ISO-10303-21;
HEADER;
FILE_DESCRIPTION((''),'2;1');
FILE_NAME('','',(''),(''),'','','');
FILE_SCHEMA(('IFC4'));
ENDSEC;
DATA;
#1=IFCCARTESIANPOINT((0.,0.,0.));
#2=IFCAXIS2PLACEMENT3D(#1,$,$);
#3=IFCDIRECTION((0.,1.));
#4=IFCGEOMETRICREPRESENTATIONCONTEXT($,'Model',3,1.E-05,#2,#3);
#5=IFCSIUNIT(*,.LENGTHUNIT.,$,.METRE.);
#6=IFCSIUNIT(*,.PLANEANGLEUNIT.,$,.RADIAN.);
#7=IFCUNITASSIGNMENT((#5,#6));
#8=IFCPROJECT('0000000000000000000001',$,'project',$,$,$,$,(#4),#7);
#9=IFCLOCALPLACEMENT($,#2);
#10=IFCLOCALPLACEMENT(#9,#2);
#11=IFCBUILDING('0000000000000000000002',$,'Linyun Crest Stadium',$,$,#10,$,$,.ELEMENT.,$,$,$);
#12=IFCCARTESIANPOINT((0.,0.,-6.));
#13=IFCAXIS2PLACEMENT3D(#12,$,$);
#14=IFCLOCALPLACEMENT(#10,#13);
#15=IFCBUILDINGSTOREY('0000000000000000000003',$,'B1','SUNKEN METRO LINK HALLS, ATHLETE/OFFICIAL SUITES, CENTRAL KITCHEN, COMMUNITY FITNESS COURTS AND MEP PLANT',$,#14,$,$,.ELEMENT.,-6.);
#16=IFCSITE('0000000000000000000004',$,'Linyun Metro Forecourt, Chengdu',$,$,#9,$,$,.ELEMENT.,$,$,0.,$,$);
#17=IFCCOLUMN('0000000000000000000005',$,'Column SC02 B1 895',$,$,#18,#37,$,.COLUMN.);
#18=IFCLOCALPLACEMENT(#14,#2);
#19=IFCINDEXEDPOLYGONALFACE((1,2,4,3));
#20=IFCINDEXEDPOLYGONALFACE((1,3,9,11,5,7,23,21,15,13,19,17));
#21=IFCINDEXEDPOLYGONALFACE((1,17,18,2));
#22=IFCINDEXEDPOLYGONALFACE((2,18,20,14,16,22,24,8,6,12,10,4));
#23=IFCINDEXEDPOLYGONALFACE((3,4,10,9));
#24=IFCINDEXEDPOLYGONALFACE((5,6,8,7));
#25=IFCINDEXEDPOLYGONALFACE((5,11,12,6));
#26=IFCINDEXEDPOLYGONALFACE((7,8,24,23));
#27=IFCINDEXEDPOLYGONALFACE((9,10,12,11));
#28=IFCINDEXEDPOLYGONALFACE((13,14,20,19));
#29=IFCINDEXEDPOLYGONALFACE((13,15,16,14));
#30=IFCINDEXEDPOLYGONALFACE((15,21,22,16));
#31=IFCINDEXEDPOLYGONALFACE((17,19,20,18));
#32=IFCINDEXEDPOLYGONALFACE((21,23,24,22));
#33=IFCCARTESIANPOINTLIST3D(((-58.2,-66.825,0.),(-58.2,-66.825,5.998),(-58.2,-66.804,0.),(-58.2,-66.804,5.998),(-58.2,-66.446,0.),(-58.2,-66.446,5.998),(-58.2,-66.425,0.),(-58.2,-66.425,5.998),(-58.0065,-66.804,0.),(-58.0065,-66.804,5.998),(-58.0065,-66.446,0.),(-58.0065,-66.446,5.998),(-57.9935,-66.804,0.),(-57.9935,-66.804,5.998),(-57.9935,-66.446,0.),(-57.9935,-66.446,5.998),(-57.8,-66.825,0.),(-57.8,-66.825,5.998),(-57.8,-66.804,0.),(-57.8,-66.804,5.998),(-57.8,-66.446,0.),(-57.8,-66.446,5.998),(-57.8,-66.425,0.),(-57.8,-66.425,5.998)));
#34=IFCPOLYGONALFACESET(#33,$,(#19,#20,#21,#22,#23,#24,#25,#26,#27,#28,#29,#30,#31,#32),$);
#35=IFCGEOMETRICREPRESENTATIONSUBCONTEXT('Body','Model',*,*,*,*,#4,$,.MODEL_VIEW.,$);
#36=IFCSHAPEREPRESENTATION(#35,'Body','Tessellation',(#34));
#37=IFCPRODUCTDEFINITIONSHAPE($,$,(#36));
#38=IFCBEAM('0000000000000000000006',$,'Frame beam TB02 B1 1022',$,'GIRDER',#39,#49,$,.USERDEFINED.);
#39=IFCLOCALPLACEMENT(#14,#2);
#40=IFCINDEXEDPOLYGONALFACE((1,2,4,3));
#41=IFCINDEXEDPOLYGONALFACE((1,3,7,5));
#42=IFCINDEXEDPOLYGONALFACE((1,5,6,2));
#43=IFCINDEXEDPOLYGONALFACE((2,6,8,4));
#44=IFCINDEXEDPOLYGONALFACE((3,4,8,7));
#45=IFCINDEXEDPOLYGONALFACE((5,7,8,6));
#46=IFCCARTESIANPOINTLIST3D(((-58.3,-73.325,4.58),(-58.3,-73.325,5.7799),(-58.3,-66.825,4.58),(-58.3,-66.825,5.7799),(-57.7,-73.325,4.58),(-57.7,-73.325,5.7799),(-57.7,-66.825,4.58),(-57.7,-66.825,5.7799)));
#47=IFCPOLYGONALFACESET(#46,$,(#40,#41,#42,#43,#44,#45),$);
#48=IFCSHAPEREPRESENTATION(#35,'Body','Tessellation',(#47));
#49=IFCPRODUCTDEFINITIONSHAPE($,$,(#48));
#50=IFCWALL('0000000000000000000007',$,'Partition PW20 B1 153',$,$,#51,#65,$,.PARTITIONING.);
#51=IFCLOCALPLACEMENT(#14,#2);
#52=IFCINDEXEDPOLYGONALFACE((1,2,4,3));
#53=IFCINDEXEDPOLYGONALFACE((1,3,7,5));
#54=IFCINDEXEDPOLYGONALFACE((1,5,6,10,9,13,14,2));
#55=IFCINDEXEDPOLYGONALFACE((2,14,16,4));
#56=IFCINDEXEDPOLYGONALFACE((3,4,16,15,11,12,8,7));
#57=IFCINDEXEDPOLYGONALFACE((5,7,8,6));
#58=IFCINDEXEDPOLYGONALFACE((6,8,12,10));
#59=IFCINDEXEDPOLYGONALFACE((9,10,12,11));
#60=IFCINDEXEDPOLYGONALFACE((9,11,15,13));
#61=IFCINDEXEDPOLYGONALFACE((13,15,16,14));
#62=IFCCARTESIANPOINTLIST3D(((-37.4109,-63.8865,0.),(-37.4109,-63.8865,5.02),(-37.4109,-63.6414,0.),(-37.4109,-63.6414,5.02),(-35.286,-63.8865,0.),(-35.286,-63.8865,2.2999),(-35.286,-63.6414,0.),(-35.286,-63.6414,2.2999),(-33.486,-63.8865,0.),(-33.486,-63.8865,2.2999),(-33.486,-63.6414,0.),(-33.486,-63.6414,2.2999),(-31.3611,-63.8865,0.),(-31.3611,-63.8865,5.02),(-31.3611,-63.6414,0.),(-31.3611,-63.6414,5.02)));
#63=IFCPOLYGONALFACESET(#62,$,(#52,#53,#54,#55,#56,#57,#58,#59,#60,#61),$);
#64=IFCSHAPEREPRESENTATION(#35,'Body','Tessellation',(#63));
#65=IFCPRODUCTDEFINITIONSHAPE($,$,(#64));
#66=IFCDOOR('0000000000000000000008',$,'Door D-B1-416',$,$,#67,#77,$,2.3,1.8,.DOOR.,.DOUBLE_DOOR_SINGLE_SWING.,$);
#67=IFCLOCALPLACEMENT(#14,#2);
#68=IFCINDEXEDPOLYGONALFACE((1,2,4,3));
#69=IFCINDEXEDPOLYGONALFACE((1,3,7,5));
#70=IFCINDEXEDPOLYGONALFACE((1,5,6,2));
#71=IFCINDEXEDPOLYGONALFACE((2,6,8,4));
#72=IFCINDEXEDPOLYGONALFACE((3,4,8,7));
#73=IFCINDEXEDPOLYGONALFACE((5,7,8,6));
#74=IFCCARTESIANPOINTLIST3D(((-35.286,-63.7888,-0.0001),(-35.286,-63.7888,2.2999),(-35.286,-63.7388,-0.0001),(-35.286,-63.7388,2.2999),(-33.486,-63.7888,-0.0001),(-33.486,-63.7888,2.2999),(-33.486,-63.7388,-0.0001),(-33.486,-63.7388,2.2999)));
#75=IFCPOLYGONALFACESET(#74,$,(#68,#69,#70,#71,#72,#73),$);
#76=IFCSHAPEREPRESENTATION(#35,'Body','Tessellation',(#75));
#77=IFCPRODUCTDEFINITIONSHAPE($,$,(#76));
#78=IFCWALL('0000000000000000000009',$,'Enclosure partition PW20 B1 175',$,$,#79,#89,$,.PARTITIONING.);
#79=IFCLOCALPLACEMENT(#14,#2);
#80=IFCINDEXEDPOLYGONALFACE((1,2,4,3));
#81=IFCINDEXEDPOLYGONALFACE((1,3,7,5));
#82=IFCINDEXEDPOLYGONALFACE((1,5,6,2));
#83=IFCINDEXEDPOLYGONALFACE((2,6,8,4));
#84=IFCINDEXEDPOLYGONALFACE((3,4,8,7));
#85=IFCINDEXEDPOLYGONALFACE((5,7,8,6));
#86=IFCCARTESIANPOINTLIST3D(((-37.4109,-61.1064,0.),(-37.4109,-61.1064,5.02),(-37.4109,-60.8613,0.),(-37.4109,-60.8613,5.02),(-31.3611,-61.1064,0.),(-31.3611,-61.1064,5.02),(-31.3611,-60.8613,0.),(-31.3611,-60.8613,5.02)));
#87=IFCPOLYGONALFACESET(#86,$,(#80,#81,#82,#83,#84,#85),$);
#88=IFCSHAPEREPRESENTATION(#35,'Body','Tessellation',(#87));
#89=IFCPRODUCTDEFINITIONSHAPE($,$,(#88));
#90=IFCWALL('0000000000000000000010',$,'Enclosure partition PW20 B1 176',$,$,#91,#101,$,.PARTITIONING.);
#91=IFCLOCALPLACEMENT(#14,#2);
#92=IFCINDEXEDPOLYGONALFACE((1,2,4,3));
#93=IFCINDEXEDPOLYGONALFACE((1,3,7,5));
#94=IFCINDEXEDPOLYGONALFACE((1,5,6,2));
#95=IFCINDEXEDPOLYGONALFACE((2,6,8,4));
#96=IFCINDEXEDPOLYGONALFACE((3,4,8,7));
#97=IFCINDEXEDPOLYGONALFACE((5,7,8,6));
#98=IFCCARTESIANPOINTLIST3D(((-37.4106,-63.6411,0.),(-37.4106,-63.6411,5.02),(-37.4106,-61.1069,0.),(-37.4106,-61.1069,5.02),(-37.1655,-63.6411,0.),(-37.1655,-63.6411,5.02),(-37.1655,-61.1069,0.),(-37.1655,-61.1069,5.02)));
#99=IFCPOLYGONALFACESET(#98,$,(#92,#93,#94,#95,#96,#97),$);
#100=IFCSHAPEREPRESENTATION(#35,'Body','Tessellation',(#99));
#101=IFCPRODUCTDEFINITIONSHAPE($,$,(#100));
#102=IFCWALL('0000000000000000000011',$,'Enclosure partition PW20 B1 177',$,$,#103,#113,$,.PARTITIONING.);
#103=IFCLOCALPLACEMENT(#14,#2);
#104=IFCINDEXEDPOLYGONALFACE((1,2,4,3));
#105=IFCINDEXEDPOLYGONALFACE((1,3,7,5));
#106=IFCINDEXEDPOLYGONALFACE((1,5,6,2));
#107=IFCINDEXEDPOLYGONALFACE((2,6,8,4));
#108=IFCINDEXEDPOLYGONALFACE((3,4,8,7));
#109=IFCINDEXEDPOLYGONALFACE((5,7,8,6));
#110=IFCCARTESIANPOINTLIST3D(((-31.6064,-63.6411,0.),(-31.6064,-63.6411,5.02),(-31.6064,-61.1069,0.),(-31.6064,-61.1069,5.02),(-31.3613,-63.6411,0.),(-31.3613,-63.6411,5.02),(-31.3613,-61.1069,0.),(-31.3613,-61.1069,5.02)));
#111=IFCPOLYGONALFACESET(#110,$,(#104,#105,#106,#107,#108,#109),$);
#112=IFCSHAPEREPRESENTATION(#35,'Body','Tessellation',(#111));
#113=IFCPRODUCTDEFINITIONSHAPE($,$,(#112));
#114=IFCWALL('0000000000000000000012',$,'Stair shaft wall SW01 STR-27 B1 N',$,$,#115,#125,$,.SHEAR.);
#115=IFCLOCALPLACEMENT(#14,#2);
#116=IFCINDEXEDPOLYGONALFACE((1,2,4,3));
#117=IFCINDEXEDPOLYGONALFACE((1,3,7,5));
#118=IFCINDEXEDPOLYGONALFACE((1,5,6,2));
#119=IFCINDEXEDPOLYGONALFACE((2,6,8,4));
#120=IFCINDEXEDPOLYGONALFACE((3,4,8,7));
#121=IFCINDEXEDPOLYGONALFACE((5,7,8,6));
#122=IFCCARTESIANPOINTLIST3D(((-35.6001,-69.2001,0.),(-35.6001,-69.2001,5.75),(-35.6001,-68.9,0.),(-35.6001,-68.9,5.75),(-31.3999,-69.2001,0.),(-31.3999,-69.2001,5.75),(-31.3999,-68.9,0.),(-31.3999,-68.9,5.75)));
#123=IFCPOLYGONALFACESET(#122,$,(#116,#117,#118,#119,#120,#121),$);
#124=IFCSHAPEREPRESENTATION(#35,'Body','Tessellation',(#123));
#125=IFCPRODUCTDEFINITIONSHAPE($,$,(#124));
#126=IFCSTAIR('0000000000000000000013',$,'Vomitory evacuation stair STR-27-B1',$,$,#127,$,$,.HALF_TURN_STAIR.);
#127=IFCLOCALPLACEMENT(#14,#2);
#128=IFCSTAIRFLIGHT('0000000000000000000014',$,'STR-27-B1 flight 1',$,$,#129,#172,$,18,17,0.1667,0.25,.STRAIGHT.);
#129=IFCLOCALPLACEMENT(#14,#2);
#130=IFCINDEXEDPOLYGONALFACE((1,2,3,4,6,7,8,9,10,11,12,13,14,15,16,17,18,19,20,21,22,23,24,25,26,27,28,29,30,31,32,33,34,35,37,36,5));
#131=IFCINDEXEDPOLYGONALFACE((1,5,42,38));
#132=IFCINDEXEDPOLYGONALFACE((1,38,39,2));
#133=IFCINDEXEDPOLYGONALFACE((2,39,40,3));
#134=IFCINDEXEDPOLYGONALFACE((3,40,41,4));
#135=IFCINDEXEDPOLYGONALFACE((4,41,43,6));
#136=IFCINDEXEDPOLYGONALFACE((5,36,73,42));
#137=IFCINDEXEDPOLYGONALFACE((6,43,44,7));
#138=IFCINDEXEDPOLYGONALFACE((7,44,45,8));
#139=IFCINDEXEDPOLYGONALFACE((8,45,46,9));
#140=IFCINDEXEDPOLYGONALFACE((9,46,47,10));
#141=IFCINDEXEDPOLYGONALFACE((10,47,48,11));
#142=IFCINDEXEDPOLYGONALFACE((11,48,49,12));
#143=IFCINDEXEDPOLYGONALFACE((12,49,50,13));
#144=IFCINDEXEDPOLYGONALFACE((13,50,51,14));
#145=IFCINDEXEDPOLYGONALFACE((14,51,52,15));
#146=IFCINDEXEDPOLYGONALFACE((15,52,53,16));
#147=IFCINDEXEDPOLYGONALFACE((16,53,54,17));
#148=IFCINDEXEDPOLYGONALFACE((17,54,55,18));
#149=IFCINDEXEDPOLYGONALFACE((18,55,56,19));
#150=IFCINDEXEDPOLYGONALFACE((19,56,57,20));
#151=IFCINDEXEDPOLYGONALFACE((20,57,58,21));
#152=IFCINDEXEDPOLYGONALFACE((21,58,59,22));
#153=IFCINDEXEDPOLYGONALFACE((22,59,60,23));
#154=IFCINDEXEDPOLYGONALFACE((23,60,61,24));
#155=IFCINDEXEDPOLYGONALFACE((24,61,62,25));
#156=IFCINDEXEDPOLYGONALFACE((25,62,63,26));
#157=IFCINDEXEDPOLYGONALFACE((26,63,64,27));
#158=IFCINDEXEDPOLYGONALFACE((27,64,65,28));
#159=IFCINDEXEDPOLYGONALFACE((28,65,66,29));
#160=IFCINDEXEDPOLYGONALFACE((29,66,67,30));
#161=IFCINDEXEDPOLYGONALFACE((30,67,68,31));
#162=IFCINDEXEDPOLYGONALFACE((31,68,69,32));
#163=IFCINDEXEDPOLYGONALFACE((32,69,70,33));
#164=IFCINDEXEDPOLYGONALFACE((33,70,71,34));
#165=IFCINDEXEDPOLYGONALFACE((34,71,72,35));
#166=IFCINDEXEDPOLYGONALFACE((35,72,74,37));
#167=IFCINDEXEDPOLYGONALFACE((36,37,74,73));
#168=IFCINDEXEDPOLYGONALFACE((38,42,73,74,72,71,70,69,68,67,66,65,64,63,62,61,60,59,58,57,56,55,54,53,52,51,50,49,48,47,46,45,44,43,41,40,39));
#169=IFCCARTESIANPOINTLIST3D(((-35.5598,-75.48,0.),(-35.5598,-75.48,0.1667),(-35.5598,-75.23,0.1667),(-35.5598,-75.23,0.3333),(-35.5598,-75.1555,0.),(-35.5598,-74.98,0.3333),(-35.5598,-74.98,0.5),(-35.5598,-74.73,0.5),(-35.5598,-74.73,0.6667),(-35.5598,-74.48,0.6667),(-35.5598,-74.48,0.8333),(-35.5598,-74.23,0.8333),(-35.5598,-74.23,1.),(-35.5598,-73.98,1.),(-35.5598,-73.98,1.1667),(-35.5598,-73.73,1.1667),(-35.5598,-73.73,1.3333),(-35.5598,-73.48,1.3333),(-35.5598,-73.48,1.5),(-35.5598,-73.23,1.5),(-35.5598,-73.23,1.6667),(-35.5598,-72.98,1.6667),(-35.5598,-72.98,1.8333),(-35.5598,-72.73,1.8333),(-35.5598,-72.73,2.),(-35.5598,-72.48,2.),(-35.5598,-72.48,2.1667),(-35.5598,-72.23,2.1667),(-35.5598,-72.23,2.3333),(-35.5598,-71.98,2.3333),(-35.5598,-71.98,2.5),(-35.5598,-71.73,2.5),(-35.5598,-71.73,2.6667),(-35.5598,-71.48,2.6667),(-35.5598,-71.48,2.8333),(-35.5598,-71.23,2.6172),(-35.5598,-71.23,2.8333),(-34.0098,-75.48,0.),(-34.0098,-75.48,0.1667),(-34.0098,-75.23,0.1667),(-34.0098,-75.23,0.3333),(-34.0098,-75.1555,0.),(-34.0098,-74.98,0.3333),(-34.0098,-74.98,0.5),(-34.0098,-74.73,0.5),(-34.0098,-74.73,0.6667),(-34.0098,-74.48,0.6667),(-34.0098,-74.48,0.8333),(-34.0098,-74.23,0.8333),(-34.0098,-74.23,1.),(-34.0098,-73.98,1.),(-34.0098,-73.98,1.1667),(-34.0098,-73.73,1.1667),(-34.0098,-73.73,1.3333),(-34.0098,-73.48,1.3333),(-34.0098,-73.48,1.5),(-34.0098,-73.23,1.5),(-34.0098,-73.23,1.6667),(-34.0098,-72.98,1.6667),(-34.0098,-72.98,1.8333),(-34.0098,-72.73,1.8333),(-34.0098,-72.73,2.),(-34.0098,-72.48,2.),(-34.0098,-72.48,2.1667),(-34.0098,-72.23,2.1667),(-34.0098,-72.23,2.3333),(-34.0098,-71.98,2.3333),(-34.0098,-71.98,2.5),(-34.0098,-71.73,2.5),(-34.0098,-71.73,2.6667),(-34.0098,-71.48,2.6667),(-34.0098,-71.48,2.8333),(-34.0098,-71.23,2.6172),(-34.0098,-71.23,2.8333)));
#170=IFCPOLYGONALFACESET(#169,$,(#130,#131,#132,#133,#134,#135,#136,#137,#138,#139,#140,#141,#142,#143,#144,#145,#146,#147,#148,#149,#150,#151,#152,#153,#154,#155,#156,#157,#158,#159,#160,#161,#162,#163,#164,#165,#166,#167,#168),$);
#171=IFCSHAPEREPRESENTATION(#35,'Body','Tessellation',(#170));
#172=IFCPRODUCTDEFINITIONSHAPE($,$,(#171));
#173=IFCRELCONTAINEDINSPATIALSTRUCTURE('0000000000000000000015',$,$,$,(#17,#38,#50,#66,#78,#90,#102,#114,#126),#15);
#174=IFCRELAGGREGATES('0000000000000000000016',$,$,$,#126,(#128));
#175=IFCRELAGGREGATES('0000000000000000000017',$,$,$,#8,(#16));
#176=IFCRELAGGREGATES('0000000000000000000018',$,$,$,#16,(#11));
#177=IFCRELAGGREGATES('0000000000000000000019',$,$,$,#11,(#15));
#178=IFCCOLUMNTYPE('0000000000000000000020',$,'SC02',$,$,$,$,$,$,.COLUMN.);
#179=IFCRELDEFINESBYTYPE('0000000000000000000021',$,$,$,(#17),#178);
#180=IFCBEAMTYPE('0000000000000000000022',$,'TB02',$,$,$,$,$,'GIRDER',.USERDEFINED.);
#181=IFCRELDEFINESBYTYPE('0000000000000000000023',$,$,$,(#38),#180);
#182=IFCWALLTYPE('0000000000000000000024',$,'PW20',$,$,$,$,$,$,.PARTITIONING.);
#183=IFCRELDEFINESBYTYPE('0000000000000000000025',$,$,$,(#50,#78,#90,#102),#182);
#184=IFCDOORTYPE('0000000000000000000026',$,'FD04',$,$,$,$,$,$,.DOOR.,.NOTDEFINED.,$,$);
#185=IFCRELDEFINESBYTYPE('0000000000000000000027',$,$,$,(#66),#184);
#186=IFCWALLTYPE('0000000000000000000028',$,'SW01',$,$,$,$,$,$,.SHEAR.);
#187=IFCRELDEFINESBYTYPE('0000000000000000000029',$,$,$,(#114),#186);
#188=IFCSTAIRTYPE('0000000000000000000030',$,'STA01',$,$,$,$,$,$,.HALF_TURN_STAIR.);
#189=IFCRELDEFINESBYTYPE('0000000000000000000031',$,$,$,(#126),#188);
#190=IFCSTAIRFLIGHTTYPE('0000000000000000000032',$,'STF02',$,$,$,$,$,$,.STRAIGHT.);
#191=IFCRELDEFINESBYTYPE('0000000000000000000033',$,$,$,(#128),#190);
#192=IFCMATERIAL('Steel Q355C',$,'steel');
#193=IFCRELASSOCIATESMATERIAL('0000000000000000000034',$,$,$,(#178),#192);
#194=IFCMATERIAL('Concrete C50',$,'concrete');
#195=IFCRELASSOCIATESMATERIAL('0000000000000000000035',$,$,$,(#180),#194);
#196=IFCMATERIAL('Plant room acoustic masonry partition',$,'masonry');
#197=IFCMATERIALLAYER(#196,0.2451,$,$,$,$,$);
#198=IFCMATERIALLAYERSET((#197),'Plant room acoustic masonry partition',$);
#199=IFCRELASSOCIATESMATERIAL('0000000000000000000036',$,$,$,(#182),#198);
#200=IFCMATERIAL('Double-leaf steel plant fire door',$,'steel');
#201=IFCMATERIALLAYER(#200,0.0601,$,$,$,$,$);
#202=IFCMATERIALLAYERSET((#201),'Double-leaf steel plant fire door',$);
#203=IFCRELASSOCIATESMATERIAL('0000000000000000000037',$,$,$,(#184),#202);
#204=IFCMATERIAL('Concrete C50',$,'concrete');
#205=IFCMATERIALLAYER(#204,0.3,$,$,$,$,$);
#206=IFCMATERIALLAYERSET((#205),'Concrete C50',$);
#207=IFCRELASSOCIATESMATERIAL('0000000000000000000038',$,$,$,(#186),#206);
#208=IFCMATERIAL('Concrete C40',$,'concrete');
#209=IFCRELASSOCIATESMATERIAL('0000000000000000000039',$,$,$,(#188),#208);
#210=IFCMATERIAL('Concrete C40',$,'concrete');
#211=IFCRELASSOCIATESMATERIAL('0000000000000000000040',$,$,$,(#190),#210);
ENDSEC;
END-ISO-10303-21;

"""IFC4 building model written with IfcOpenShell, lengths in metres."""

from ifc_helpers import new_model, si_unit, direction, frame, frame_2d, origin, origin_2d, place, context, subcontext, project, spatial, polyline, rectangle, i_section, outline, extrude, material, layer, layer_set, material_profile, profile_set, type_object, element, fill, aggregate, save


model = new_model("IFC4")

# Units and contexts
model_context = context("Model", 3, precision=1e-05, world=origin(), true_north=direction((0.0, 1.0)))
body_context = subcontext(model_context, "Body", "Model", "MODEL_VIEW")
ifc_project = project(units=[si_unit("LENGTHUNIT", "METRE"), si_unit("PLANEANGLEUNIT", "RADIAN")], contexts=[model_context])

# Site, building, storey
site_placement = place(None, origin())
site = spatial("IfcSite", under=ifc_project, at=site_placement, Name="Linyun Metro Forecourt, Chengdu", CompositionType="ELEMENT", RefElevation=0.0)
building_placement = place(site_placement, origin())
building = spatial("IfcBuilding", under=site, at=building_placement, Name="Linyun Crest Stadium", CompositionType="ELEMENT")
storey_placement = place(building_placement, frame((0.0, 0.0, -6.0)))
storey = spatial("IfcBuildingStorey", under=building, at=storey_placement, Name="B1", Description="SUNKEN METRO LINK HALLS, ATHLETE/OFFICIAL SUITES, CENTRAL KITCHEN, COMMUNITY FITNESS COURTS AND MEP PLANT", CompositionType="ELEMENT", Elevation=-6.0)

# Column
ifc_material_1 = material(Name="Steel Q355C", Category="steel")
ifc_material_profile_1 = material_profile(ifc_material_1, i_section(OverallWidth=0.3999, OverallDepth=0.3999, WebThickness=0.0129, FlangeThickness=0.021, at=origin_2d()), Name="HW 400x400")
ifc_profile_set_1 = profile_set([ifc_material_profile_1], Name="Steel Q355C")
column_type_1 = type_object("IfcColumnType", Name="SC02", PredefinedType="COLUMN", material=ifc_profile_set_1)
column_1_placement = place(storey_placement, frame((-58.0, -66.625, 0.0), z_axis=(0.0, 0.0, 1.0), x_axis=(1.0, 0.0, 0.0)))
element("IfcColumn", 1, at=column_1_placement, inside=storey, type_object=column_type_1, Name="Column SC02 B1 895", PredefinedType="COLUMN", context=body_context, shape_type="SweptSolid", body=[
    extrude(i_section(OverallWidth=0.3999, OverallDepth=0.3999, WebThickness=0.0129, FlangeThickness=0.021, at=origin_2d()), origin(), (0.0, 0.0, 1.0), 5.998),
])

# Beam
ifc_material_2 = material(Name="Concrete C50", Category="concrete")
ifc_material_profile_2 = material_profile(ifc_material_2, rectangle(XDim=0.6001, YDim=1.2, at=origin_2d()), Name="RCB 1200x600")
ifc_profile_set_2 = profile_set([ifc_material_profile_2], Name="Concrete C50")
beam_type = type_object("IfcBeamType", Name="TB02", ElementType="GIRDER", PredefinedType="USERDEFINED", material=ifc_profile_set_2)
beam_placement = place(storey_placement, frame((-58.0, -73.325, 5.1799), z_axis=(0.0, 1.0, 0.0), x_axis=(-1.0, 0.0, 0.0)))
element("IfcBeam", 2, at=beam_placement, inside=storey, type_object=beam_type, Name="Frame beam TB02 B1 1022", ObjectType="GIRDER", PredefinedType="USERDEFINED", context=body_context, shape_type="SweptSolid", body=[
    extrude(rectangle(XDim=0.6001, YDim=1.2, at=origin_2d()), origin(), (0.0, 0.0, 1.0), 6.5),
])

# Wall, opening, door
ifc_material_3 = material(Name="Plant room acoustic masonry partition", Category="masonry")
ifc_layer_1 = layer(ifc_material_3, 0.2451)
ifc_layer_set_1 = layer_set([ifc_layer_1], Name="Plant room acoustic masonry partition")
wall_type_1 = type_object("IfcWallType", Name="PW20", PredefinedType="PARTITIONING", material=ifc_layer_set_1)
wall_1_placement = place(storey_placement, frame((-31.3611, -63.7639, 0.0), z_axis=(0.0, 0.0, 1.0), x_axis=(-1.0, 0.0, 0.0)))
wall_1 = element("IfcWall", 3, at=wall_1_placement, inside=storey, type_object=wall_type_1, Name="Partition PW20 B1 153", PredefinedType="PARTITIONING", context=body_context, shape_type="SweptSolid", body=[
    extrude(rectangle(XDim=6.0498, YDim=0.2451, at=frame_2d((3.0249, 0.0))), origin(), (0.0, 0.0, 1.0), 5.02),
])
opening_placement = place(wall_1_placement, frame((2.125, 0.0, 0.0)))
opening = element("IfcOpeningElement", 4, at=opening_placement, cuts=wall_1, PredefinedType="OPENING", context=body_context, shape_type="SweptSolid", body=[
    extrude(rectangle(XDim=1.8, YDim=2.3, at=frame_2d((0.8999, 1.1499))), frame((0.0, 0.1326, 0.0), z_axis=(0.0, -1.0, 0.0), x_axis=(1.0, 0.0, 0.0)), (0.0, 0.0, 1.0), 0.2651),
])
ifc_material_4 = material(Name="Double-leaf steel plant fire door", Category="steel")
ifc_layer_2 = layer(ifc_material_4, 0.0601)
ifc_layer_set_2 = layer_set([ifc_layer_2], Name="Double-leaf steel plant fire door")
door_type = type_object("IfcDoorType", Name="FD04", OperationType="NOTDEFINED", PredefinedType="DOOR", material=ifc_layer_set_2)
door_placement = place(opening_placement, origin())
door = element("IfcDoor", 5, at=door_placement, inside=storey, type_object=door_type, Name="Door D-B1-416", OperationType="DOUBLE_DOOR_SINGLE_SWING", OverallHeight=2.3, OverallWidth=1.8, PredefinedType="DOOR", context=body_context, shape_type="SweptSolid", body=[
    extrude(rectangle(XDim=1.8, YDim=2.3, at=frame_2d((0.8999, 1.1499))), frame((0.0, 0.0249, 0.0), z_axis=(0.0, -1.0, 0.0), x_axis=(1.0, 0.0, 0.0)), (0.0, 0.0, 1.0), 0.05),
])
fill(opening, door)

# Walls
wall_2_placement = place(storey_placement, frame((-37.4109, -60.9839, 0.0), z_axis=(0.0, 0.0, 1.0), x_axis=(1.0, 0.0, 0.0)))
element("IfcWall", 6, at=wall_2_placement, inside=storey, type_object=wall_type_1, Name="Enclosure partition PW20 B1 175", PredefinedType="PARTITIONING", context=body_context, shape_type="SweptSolid", body=[
    extrude(rectangle(XDim=6.0498, YDim=0.2451, at=frame_2d((3.0249, 0.0))), origin(), (0.0, 0.0, 1.0), 5.02),
])
for number, where, z_axis, x_axis, name in (
    (7, (-37.2881, -63.6411, 0.0), (0.0, 0.0, 1.0), (0.0, 1.0, 0.0), "Enclosure partition PW20 B1 176"),
    (8, (-31.4839, -63.6411, 0.0), (0.0, 0.0, 1.0), (0.0, 1.0, 0.0), "Enclosure partition PW20 B1 177"),
):
    element("IfcWall", number, at=place(storey_placement, frame(where, z_axis=z_axis, x_axis=x_axis)), inside=storey, type_object=wall_type_1, Name=name, PredefinedType="PARTITIONING", context=body_context, shape_type="SweptSolid", body=[
        extrude(rectangle(XDim=2.5342, YDim=0.2451, at=frame_2d((1.2671, 0.0))), origin(), (0.0, 0.0, 1.0), 5.02),
    ])
ifc_material_5 = material(Name="Concrete C50", Category="concrete")
ifc_layer_3 = layer(ifc_material_5, 0.3)
ifc_layer_set_3 = layer_set([ifc_layer_3], Name="Concrete C50")
wall_type_2 = type_object("IfcWallType", Name="SW01", PredefinedType="SHEAR", material=ifc_layer_set_3)
wall_3_placement = place(storey_placement, frame((-35.6001, -69.05, 0.0), z_axis=(0.0, 0.0, 1.0), x_axis=(1.0, 0.0, 0.0)))
element("IfcWall", 9, at=wall_3_placement, inside=storey, type_object=wall_type_2, Name="Stair shaft wall SW01 STR-27 B1 N", PredefinedType="SHEAR", context=body_context, shape_type="SweptSolid", body=[
    extrude(rectangle(XDim=4.2002, YDim=0.3, at=frame_2d((2.1001, 0.0))), origin(), (0.0, 0.0, 1.0), 5.75),
])

# Stair, stair flight
ifc_material_6 = material(Name="Concrete C40", Category="concrete")
stair_type = type_object("IfcStairType", Name="STA01", PredefinedType="HALF_TURN_STAIR", material=ifc_material_6)
stair_placement = place(storey_placement, origin())
stair = element("IfcStair", 10, at=stair_placement, inside=storey, type_object=stair_type, Name="Vomitory evacuation stair STR-27-B1", PredefinedType="HALF_TURN_STAIR")
ifc_material_7 = material(Name="Concrete C40", Category="concrete")
stair_flight_type = type_object("IfcStairFlightType", Name="STF02", PredefinedType="STRAIGHT", material=ifc_material_7)
stair_flight_1_placement = place(storey_placement, frame((-34.7849, -75.48, 0.0), z_axis=(0.0, 0.0, 1.0), x_axis=(0.0, 1.0, 0.0)))
stair_flight_1 = element("IfcStairFlight", 11, at=stair_flight_1_placement, type_object=stair_flight_type, Name="STR-27-B1 flight 1", NumberOfRisers=18, NumberOfTreads=17, PredefinedType="STRAIGHT", RiserHeight=0.1667, TreadLength=0.25, context=body_context, shape_type="SweptSolid", body=[
    extrude(outline(polyline([(0.0, 0.0), (0.0, 0.1667), (0.25, 0.1667), (0.25, 0.3333), (0.5, 0.3333), (0.5, 0.5), (0.75, 0.5), (0.75, 0.6667), (1.0, 0.6667), (1.0, 0.8333), (1.25, 0.8333), (1.25, 1.0), (1.5, 1.0), (1.5, 1.1667), (1.75, 1.1667), (1.75, 1.3333), (2.0, 1.3333), (2.0, 1.5), (2.25, 1.5), (2.25, 1.6667), (2.5, 1.6667), (2.5, 1.8333), (2.75, 1.8333), (2.75, 2.0), (3.0, 2.0), (3.0, 2.1667), (3.25, 2.1667), (3.25, 2.3333), (3.5, 2.3333), (3.5, 2.5), (3.75, 2.5), (3.75, 2.6667), (4.0, 2.6667), (4.0, 2.8333), (4.25, 2.8333), (4.25, 3.0), (4.25, 2.6172), (0.3245, 0.0), (0.0, 0.0)])), frame((0.0, 0.7749, 0.0), z_axis=(0.0, -1.0, 0.0), x_axis=(1.0, 0.0, 0.0)), (0.0, 0.0, 1.0), 1.55),
])
aggregate(stair, [stair_flight_1])

save(model, "model.ifc")
